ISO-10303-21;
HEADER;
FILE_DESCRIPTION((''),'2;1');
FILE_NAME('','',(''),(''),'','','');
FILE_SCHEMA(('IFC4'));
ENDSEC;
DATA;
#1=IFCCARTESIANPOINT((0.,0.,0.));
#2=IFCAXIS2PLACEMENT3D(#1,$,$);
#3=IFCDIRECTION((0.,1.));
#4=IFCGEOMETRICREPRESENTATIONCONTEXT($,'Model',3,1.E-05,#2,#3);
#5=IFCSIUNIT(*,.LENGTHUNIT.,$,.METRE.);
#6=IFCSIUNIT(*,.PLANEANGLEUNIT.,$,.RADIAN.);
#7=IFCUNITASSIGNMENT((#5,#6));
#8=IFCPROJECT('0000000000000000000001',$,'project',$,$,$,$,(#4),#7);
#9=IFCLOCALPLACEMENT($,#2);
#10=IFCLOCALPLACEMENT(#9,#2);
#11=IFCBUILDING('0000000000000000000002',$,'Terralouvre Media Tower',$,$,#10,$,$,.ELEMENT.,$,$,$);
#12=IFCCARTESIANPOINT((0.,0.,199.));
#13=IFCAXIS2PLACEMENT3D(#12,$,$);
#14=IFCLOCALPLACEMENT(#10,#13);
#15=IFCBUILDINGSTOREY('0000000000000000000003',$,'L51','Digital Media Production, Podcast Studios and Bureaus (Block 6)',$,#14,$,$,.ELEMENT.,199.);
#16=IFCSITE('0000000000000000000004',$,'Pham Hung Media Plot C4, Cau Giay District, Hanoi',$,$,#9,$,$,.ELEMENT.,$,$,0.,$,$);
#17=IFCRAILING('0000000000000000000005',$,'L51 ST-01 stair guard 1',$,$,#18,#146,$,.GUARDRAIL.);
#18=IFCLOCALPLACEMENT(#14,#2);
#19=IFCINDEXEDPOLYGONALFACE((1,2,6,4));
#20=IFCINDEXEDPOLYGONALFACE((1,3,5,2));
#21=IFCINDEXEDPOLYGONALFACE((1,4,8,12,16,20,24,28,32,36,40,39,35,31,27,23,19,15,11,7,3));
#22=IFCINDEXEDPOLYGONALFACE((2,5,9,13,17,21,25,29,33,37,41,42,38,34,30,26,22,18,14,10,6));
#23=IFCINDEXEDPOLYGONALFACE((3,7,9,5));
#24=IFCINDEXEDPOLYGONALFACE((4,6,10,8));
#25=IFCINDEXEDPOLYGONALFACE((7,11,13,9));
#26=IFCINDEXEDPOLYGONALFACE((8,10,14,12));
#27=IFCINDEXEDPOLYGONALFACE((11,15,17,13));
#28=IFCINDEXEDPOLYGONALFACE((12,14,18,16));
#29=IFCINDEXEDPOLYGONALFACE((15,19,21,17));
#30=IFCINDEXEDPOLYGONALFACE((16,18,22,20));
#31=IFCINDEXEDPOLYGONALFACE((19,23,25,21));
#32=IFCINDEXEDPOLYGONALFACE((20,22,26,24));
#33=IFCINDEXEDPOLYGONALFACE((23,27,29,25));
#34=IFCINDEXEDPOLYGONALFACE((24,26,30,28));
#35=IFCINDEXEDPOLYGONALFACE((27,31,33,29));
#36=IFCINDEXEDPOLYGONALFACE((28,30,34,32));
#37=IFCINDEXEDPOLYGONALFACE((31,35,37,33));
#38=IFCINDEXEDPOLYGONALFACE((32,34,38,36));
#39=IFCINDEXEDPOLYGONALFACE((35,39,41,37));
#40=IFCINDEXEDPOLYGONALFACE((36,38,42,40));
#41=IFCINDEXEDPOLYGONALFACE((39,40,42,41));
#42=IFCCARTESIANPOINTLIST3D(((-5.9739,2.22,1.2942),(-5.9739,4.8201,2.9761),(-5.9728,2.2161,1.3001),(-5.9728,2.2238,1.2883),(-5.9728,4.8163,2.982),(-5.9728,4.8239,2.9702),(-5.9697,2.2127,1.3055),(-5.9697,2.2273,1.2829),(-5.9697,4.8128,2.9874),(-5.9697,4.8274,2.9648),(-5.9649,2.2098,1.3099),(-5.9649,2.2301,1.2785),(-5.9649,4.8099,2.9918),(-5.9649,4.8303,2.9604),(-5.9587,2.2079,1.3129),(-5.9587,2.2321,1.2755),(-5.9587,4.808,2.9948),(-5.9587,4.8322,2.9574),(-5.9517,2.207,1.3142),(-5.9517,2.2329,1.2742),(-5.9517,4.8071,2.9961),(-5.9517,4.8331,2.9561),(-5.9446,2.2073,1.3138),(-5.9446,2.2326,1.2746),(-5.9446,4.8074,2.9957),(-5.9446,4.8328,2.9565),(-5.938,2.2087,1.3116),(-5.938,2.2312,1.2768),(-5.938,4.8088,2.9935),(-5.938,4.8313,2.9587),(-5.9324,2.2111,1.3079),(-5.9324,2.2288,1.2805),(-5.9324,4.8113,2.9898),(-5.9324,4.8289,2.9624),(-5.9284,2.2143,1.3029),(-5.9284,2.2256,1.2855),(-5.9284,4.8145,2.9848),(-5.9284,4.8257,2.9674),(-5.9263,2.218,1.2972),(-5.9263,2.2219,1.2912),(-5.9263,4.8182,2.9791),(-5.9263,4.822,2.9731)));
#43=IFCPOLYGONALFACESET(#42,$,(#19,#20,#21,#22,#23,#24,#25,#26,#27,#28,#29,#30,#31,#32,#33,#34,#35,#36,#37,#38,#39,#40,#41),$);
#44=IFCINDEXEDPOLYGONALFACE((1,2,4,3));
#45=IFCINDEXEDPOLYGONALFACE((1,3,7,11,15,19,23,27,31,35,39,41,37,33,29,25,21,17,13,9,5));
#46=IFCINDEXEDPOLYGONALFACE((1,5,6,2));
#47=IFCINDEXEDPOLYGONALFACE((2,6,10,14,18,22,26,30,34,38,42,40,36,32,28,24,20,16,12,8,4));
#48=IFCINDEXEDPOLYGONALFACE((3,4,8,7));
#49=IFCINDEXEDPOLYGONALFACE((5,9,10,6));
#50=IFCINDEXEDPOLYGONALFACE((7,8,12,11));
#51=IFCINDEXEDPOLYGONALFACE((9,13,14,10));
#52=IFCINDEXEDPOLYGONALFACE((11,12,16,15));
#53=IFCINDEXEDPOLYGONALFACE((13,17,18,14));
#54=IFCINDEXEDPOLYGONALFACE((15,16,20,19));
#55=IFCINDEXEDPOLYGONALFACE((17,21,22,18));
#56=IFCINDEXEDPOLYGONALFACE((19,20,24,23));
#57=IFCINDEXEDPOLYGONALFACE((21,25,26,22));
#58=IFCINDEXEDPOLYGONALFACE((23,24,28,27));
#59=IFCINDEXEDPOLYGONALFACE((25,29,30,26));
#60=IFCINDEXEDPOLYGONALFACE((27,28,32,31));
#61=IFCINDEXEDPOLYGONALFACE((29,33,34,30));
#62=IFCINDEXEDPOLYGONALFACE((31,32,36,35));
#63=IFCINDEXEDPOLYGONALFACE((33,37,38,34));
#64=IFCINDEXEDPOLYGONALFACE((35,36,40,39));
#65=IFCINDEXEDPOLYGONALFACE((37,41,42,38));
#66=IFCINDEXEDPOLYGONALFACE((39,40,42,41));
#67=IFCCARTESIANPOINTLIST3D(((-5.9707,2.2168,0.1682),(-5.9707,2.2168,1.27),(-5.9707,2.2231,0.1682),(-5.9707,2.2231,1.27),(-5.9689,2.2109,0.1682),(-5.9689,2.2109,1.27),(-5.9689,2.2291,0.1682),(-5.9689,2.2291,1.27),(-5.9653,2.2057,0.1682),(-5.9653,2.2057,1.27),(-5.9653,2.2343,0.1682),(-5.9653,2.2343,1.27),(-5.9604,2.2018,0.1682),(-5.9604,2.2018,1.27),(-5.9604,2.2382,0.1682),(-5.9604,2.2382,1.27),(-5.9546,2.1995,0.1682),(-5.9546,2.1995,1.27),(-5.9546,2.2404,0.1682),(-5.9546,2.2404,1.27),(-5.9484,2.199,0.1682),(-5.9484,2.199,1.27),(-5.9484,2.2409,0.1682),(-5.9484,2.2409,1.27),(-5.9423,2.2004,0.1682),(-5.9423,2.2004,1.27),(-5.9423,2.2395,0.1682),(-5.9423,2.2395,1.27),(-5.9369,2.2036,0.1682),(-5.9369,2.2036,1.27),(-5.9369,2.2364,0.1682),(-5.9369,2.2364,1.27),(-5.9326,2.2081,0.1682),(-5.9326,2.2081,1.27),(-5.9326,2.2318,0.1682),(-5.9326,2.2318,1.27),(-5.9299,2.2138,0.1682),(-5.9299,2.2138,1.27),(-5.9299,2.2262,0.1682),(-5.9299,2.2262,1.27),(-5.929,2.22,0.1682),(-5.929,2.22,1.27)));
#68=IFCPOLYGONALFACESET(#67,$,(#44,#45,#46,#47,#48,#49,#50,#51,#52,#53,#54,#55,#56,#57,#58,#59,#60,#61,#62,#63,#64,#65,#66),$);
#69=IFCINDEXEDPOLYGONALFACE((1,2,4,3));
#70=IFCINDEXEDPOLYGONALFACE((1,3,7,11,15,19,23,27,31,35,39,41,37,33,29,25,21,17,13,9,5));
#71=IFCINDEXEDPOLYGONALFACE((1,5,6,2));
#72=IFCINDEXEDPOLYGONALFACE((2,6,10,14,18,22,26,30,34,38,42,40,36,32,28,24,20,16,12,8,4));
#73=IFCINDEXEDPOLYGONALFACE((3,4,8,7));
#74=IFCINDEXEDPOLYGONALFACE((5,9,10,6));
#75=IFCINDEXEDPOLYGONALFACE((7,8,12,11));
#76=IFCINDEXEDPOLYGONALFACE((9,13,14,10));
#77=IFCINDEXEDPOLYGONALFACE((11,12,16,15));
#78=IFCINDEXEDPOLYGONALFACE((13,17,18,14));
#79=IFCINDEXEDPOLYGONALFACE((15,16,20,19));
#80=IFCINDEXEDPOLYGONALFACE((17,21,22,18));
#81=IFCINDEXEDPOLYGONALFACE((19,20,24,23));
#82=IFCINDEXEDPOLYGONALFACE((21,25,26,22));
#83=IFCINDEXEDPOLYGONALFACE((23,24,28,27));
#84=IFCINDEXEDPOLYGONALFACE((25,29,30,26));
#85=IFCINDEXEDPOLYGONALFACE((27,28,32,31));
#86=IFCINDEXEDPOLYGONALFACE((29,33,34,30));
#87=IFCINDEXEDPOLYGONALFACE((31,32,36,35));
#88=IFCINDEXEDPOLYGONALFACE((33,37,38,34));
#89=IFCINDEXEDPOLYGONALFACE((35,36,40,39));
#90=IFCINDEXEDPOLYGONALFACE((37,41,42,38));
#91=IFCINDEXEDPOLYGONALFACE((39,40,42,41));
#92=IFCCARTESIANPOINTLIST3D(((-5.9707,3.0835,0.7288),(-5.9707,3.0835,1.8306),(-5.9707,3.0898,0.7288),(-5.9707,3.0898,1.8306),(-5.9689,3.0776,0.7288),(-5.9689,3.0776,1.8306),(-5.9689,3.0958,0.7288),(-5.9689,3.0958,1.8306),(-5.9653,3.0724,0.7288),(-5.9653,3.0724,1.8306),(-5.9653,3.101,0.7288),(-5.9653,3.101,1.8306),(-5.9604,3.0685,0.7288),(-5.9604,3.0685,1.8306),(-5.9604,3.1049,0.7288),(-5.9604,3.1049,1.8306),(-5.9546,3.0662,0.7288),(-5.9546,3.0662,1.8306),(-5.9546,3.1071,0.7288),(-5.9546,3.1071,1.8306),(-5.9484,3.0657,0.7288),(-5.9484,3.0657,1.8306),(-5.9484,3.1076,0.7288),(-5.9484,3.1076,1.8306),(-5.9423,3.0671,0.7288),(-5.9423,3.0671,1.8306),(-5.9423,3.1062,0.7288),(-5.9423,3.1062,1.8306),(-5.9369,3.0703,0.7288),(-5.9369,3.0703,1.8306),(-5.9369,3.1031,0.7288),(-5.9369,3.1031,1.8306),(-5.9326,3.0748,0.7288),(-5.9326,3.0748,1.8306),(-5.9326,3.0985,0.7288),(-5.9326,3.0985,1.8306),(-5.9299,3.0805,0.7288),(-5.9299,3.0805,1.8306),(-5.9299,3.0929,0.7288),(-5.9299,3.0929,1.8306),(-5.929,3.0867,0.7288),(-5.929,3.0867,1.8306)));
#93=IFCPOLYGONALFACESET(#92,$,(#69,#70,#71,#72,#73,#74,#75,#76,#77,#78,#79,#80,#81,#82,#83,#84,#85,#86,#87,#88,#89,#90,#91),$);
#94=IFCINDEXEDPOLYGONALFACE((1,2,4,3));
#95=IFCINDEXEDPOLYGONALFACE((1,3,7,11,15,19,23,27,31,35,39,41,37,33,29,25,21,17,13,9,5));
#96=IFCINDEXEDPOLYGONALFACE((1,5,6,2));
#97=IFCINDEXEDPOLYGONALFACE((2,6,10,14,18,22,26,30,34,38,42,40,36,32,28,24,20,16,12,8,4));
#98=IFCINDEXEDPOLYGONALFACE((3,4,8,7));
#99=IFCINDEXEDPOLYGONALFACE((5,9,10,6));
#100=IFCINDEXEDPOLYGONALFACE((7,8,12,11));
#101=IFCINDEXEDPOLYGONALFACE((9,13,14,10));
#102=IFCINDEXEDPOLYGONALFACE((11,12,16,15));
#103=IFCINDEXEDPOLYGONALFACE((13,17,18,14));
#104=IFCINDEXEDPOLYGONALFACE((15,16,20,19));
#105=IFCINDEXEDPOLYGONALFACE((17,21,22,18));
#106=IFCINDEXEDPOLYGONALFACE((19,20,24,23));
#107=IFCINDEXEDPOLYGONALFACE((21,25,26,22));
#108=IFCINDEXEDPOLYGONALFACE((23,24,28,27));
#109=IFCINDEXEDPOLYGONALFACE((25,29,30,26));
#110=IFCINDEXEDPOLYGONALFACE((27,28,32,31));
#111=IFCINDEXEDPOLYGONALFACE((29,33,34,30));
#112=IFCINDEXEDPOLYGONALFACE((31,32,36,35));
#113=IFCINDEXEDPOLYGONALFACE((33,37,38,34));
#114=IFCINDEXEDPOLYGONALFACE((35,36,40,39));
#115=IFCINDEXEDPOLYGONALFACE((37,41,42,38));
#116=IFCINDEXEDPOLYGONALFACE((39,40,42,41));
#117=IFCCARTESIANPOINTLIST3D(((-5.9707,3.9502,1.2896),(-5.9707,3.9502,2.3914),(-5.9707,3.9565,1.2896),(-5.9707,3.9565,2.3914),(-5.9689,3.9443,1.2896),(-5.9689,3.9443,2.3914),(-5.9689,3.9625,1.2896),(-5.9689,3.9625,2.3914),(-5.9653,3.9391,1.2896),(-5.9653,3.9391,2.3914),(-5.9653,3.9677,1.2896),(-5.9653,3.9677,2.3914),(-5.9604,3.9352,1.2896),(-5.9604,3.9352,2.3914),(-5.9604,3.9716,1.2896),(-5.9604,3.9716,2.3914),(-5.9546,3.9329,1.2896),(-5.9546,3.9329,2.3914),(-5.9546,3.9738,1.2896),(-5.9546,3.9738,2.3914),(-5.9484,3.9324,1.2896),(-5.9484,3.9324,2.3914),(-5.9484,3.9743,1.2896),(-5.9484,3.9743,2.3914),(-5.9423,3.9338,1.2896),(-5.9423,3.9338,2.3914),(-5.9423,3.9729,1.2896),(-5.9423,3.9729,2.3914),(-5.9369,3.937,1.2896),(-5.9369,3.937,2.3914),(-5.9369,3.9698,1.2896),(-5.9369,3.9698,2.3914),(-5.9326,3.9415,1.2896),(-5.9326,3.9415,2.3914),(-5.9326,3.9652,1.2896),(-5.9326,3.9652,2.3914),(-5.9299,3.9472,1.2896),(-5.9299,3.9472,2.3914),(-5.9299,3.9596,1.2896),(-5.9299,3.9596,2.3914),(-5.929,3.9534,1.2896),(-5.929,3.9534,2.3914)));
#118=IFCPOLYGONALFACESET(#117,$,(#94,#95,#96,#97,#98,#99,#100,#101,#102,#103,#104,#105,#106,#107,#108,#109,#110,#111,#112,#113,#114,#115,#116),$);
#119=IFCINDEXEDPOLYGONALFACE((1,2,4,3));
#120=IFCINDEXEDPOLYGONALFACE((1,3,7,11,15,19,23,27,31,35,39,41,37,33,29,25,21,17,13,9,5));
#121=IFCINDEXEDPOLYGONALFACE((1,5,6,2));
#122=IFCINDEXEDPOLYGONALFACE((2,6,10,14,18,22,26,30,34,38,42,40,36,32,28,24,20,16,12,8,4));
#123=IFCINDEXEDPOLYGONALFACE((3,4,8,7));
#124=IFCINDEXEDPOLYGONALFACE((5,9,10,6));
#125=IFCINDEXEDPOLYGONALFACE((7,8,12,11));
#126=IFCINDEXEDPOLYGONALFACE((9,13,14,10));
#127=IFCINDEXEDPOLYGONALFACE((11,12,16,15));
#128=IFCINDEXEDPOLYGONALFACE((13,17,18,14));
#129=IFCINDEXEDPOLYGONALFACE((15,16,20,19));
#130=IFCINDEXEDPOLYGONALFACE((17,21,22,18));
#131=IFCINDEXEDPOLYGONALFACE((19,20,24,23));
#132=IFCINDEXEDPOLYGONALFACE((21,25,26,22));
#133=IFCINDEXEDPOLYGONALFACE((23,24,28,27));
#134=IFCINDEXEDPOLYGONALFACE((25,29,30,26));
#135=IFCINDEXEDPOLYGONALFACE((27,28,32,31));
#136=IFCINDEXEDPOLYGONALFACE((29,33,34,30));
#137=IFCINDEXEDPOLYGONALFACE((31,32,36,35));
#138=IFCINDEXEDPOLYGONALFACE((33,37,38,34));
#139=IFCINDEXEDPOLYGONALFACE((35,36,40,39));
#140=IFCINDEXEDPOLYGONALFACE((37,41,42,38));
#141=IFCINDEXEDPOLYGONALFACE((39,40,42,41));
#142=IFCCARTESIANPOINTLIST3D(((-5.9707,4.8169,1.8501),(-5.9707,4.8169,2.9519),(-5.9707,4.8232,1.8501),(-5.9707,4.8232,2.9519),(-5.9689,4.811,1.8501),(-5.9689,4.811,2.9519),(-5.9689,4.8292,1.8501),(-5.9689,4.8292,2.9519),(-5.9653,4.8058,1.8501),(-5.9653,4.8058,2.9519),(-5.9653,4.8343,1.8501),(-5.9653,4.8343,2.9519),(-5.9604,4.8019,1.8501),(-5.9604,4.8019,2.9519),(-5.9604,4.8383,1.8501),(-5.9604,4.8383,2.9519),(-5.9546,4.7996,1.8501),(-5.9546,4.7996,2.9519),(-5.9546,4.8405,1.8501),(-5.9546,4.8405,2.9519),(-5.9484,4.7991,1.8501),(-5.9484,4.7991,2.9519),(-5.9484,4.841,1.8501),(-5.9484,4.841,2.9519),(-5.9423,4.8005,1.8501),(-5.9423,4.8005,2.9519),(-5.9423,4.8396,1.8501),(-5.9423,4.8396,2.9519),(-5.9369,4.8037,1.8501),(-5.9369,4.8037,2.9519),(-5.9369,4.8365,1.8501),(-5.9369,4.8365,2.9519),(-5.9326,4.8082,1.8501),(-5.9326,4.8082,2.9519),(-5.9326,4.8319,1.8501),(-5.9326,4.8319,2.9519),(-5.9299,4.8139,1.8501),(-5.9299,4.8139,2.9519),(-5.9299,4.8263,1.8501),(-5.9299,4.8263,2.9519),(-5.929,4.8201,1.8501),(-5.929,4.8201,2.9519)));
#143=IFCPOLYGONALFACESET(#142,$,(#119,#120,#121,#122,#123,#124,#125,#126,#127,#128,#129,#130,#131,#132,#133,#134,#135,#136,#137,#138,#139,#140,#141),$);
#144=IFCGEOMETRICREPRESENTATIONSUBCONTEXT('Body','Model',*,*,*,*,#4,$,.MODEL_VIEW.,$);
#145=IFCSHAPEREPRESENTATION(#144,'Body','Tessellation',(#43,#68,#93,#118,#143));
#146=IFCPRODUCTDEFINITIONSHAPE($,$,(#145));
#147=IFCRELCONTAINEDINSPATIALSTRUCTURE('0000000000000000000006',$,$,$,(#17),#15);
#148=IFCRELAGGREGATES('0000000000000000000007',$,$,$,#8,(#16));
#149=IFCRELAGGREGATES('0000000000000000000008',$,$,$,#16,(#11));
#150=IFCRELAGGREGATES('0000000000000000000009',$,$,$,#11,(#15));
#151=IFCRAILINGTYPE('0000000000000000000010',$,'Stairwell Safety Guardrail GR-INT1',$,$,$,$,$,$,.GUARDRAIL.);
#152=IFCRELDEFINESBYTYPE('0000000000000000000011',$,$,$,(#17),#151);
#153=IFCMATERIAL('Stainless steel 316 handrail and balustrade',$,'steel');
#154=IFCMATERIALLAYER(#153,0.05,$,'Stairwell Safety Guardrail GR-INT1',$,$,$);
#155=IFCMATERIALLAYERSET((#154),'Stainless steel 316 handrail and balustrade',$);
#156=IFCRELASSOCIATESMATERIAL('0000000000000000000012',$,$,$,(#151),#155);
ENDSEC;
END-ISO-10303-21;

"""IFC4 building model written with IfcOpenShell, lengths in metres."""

from ifc_helpers import new_model, si_unit, direction, frame, origin, origin_2d, place, context, subcontext, project, spatial, circle, extrude, material, layer, layer_set, type_object, element, save


model = new_model("IFC4")

# Units and contexts
model_context = context("Model", 3, precision=1e-05, world=origin(), true_north=direction((0.0, 1.0)))
body_context = subcontext(model_context, "Body", "Model", "MODEL_VIEW")
ifc_project = project(units=[si_unit("LENGTHUNIT", "METRE"), si_unit("PLANEANGLEUNIT", "RADIAN")], contexts=[model_context])

# Site, building, storey
site_placement = place(None, origin())
site = spatial("IfcSite", under=ifc_project, at=site_placement, Name="Pham Hung Media Plot C4, Cau Giay District, Hanoi", CompositionType="ELEMENT", RefElevation=0.0)
building_placement = place(site_placement, origin())
building = spatial("IfcBuilding", under=site, at=building_placement, Name="Terralouvre Media Tower", CompositionType="ELEMENT")
storey_placement = place(building_placement, frame((0.0, 0.0, 199.0)))
storey = spatial("IfcBuildingStorey", under=building, at=storey_placement, Name="L51", Description="Digital Media Production, Podcast Studios and Bureaus (Block 6)", CompositionType="ELEMENT", Elevation=199.0)

# Railing
ifc_material_1 = material(Name="Stainless steel 316 handrail and balustrade", Category="steel")
ifc_layer_1 = layer(ifc_material_1, 0.05, Name="Stairwell Safety Guardrail GR-INT1")
ifc_layer_set_1 = layer_set([ifc_layer_1], Name="Stainless steel 316 handrail and balustrade")
railing_type_1 = type_object("IfcRailingType", Name="Stairwell Safety Guardrail GR-INT1", PredefinedType="GUARDRAIL", material=ifc_layer_set_1)
railing_1_placement = place(storey_placement, frame((-5.95, 2.22, 0.1682)))
element("IfcRailing", 1, at=railing_1_placement, inside=storey, type_object=railing_type_1, Name="L51 ST-01 stair guard 1", PredefinedType="GUARDRAIL", context=body_context, shape_type="SweptSolid", body=[
    extrude(circle(Radius=0.0239, at=origin_2d()), frame((0.0, 0.0, 1.126), z_axis=(0.0, 0.839648, 0.54313), x_axis=(-1.0, 0.0, 0.0)), (0.0, 0.0, 1.0), 3.0967),
    extrude(circle(Radius=0.021, at=origin_2d()), origin(), (0.0, 0.0, 1.0), 1.1018),
    extrude(circle(Radius=0.021, at=origin_2d()), frame((0.0, 0.8667, 0.5605)), (0.0, 0.0, 1.0), 1.1018),
    extrude(circle(Radius=0.021, at=origin_2d()), frame((0.0, 1.7334, 1.1213)), (0.0, 0.0, 1.0), 1.1018),
    extrude(circle(Radius=0.021, at=origin_2d()), frame((0.0, 2.6001, 1.6819)), (0.0, 0.0, 1.0), 1.1018),
])

save(model, "model.ifc")
